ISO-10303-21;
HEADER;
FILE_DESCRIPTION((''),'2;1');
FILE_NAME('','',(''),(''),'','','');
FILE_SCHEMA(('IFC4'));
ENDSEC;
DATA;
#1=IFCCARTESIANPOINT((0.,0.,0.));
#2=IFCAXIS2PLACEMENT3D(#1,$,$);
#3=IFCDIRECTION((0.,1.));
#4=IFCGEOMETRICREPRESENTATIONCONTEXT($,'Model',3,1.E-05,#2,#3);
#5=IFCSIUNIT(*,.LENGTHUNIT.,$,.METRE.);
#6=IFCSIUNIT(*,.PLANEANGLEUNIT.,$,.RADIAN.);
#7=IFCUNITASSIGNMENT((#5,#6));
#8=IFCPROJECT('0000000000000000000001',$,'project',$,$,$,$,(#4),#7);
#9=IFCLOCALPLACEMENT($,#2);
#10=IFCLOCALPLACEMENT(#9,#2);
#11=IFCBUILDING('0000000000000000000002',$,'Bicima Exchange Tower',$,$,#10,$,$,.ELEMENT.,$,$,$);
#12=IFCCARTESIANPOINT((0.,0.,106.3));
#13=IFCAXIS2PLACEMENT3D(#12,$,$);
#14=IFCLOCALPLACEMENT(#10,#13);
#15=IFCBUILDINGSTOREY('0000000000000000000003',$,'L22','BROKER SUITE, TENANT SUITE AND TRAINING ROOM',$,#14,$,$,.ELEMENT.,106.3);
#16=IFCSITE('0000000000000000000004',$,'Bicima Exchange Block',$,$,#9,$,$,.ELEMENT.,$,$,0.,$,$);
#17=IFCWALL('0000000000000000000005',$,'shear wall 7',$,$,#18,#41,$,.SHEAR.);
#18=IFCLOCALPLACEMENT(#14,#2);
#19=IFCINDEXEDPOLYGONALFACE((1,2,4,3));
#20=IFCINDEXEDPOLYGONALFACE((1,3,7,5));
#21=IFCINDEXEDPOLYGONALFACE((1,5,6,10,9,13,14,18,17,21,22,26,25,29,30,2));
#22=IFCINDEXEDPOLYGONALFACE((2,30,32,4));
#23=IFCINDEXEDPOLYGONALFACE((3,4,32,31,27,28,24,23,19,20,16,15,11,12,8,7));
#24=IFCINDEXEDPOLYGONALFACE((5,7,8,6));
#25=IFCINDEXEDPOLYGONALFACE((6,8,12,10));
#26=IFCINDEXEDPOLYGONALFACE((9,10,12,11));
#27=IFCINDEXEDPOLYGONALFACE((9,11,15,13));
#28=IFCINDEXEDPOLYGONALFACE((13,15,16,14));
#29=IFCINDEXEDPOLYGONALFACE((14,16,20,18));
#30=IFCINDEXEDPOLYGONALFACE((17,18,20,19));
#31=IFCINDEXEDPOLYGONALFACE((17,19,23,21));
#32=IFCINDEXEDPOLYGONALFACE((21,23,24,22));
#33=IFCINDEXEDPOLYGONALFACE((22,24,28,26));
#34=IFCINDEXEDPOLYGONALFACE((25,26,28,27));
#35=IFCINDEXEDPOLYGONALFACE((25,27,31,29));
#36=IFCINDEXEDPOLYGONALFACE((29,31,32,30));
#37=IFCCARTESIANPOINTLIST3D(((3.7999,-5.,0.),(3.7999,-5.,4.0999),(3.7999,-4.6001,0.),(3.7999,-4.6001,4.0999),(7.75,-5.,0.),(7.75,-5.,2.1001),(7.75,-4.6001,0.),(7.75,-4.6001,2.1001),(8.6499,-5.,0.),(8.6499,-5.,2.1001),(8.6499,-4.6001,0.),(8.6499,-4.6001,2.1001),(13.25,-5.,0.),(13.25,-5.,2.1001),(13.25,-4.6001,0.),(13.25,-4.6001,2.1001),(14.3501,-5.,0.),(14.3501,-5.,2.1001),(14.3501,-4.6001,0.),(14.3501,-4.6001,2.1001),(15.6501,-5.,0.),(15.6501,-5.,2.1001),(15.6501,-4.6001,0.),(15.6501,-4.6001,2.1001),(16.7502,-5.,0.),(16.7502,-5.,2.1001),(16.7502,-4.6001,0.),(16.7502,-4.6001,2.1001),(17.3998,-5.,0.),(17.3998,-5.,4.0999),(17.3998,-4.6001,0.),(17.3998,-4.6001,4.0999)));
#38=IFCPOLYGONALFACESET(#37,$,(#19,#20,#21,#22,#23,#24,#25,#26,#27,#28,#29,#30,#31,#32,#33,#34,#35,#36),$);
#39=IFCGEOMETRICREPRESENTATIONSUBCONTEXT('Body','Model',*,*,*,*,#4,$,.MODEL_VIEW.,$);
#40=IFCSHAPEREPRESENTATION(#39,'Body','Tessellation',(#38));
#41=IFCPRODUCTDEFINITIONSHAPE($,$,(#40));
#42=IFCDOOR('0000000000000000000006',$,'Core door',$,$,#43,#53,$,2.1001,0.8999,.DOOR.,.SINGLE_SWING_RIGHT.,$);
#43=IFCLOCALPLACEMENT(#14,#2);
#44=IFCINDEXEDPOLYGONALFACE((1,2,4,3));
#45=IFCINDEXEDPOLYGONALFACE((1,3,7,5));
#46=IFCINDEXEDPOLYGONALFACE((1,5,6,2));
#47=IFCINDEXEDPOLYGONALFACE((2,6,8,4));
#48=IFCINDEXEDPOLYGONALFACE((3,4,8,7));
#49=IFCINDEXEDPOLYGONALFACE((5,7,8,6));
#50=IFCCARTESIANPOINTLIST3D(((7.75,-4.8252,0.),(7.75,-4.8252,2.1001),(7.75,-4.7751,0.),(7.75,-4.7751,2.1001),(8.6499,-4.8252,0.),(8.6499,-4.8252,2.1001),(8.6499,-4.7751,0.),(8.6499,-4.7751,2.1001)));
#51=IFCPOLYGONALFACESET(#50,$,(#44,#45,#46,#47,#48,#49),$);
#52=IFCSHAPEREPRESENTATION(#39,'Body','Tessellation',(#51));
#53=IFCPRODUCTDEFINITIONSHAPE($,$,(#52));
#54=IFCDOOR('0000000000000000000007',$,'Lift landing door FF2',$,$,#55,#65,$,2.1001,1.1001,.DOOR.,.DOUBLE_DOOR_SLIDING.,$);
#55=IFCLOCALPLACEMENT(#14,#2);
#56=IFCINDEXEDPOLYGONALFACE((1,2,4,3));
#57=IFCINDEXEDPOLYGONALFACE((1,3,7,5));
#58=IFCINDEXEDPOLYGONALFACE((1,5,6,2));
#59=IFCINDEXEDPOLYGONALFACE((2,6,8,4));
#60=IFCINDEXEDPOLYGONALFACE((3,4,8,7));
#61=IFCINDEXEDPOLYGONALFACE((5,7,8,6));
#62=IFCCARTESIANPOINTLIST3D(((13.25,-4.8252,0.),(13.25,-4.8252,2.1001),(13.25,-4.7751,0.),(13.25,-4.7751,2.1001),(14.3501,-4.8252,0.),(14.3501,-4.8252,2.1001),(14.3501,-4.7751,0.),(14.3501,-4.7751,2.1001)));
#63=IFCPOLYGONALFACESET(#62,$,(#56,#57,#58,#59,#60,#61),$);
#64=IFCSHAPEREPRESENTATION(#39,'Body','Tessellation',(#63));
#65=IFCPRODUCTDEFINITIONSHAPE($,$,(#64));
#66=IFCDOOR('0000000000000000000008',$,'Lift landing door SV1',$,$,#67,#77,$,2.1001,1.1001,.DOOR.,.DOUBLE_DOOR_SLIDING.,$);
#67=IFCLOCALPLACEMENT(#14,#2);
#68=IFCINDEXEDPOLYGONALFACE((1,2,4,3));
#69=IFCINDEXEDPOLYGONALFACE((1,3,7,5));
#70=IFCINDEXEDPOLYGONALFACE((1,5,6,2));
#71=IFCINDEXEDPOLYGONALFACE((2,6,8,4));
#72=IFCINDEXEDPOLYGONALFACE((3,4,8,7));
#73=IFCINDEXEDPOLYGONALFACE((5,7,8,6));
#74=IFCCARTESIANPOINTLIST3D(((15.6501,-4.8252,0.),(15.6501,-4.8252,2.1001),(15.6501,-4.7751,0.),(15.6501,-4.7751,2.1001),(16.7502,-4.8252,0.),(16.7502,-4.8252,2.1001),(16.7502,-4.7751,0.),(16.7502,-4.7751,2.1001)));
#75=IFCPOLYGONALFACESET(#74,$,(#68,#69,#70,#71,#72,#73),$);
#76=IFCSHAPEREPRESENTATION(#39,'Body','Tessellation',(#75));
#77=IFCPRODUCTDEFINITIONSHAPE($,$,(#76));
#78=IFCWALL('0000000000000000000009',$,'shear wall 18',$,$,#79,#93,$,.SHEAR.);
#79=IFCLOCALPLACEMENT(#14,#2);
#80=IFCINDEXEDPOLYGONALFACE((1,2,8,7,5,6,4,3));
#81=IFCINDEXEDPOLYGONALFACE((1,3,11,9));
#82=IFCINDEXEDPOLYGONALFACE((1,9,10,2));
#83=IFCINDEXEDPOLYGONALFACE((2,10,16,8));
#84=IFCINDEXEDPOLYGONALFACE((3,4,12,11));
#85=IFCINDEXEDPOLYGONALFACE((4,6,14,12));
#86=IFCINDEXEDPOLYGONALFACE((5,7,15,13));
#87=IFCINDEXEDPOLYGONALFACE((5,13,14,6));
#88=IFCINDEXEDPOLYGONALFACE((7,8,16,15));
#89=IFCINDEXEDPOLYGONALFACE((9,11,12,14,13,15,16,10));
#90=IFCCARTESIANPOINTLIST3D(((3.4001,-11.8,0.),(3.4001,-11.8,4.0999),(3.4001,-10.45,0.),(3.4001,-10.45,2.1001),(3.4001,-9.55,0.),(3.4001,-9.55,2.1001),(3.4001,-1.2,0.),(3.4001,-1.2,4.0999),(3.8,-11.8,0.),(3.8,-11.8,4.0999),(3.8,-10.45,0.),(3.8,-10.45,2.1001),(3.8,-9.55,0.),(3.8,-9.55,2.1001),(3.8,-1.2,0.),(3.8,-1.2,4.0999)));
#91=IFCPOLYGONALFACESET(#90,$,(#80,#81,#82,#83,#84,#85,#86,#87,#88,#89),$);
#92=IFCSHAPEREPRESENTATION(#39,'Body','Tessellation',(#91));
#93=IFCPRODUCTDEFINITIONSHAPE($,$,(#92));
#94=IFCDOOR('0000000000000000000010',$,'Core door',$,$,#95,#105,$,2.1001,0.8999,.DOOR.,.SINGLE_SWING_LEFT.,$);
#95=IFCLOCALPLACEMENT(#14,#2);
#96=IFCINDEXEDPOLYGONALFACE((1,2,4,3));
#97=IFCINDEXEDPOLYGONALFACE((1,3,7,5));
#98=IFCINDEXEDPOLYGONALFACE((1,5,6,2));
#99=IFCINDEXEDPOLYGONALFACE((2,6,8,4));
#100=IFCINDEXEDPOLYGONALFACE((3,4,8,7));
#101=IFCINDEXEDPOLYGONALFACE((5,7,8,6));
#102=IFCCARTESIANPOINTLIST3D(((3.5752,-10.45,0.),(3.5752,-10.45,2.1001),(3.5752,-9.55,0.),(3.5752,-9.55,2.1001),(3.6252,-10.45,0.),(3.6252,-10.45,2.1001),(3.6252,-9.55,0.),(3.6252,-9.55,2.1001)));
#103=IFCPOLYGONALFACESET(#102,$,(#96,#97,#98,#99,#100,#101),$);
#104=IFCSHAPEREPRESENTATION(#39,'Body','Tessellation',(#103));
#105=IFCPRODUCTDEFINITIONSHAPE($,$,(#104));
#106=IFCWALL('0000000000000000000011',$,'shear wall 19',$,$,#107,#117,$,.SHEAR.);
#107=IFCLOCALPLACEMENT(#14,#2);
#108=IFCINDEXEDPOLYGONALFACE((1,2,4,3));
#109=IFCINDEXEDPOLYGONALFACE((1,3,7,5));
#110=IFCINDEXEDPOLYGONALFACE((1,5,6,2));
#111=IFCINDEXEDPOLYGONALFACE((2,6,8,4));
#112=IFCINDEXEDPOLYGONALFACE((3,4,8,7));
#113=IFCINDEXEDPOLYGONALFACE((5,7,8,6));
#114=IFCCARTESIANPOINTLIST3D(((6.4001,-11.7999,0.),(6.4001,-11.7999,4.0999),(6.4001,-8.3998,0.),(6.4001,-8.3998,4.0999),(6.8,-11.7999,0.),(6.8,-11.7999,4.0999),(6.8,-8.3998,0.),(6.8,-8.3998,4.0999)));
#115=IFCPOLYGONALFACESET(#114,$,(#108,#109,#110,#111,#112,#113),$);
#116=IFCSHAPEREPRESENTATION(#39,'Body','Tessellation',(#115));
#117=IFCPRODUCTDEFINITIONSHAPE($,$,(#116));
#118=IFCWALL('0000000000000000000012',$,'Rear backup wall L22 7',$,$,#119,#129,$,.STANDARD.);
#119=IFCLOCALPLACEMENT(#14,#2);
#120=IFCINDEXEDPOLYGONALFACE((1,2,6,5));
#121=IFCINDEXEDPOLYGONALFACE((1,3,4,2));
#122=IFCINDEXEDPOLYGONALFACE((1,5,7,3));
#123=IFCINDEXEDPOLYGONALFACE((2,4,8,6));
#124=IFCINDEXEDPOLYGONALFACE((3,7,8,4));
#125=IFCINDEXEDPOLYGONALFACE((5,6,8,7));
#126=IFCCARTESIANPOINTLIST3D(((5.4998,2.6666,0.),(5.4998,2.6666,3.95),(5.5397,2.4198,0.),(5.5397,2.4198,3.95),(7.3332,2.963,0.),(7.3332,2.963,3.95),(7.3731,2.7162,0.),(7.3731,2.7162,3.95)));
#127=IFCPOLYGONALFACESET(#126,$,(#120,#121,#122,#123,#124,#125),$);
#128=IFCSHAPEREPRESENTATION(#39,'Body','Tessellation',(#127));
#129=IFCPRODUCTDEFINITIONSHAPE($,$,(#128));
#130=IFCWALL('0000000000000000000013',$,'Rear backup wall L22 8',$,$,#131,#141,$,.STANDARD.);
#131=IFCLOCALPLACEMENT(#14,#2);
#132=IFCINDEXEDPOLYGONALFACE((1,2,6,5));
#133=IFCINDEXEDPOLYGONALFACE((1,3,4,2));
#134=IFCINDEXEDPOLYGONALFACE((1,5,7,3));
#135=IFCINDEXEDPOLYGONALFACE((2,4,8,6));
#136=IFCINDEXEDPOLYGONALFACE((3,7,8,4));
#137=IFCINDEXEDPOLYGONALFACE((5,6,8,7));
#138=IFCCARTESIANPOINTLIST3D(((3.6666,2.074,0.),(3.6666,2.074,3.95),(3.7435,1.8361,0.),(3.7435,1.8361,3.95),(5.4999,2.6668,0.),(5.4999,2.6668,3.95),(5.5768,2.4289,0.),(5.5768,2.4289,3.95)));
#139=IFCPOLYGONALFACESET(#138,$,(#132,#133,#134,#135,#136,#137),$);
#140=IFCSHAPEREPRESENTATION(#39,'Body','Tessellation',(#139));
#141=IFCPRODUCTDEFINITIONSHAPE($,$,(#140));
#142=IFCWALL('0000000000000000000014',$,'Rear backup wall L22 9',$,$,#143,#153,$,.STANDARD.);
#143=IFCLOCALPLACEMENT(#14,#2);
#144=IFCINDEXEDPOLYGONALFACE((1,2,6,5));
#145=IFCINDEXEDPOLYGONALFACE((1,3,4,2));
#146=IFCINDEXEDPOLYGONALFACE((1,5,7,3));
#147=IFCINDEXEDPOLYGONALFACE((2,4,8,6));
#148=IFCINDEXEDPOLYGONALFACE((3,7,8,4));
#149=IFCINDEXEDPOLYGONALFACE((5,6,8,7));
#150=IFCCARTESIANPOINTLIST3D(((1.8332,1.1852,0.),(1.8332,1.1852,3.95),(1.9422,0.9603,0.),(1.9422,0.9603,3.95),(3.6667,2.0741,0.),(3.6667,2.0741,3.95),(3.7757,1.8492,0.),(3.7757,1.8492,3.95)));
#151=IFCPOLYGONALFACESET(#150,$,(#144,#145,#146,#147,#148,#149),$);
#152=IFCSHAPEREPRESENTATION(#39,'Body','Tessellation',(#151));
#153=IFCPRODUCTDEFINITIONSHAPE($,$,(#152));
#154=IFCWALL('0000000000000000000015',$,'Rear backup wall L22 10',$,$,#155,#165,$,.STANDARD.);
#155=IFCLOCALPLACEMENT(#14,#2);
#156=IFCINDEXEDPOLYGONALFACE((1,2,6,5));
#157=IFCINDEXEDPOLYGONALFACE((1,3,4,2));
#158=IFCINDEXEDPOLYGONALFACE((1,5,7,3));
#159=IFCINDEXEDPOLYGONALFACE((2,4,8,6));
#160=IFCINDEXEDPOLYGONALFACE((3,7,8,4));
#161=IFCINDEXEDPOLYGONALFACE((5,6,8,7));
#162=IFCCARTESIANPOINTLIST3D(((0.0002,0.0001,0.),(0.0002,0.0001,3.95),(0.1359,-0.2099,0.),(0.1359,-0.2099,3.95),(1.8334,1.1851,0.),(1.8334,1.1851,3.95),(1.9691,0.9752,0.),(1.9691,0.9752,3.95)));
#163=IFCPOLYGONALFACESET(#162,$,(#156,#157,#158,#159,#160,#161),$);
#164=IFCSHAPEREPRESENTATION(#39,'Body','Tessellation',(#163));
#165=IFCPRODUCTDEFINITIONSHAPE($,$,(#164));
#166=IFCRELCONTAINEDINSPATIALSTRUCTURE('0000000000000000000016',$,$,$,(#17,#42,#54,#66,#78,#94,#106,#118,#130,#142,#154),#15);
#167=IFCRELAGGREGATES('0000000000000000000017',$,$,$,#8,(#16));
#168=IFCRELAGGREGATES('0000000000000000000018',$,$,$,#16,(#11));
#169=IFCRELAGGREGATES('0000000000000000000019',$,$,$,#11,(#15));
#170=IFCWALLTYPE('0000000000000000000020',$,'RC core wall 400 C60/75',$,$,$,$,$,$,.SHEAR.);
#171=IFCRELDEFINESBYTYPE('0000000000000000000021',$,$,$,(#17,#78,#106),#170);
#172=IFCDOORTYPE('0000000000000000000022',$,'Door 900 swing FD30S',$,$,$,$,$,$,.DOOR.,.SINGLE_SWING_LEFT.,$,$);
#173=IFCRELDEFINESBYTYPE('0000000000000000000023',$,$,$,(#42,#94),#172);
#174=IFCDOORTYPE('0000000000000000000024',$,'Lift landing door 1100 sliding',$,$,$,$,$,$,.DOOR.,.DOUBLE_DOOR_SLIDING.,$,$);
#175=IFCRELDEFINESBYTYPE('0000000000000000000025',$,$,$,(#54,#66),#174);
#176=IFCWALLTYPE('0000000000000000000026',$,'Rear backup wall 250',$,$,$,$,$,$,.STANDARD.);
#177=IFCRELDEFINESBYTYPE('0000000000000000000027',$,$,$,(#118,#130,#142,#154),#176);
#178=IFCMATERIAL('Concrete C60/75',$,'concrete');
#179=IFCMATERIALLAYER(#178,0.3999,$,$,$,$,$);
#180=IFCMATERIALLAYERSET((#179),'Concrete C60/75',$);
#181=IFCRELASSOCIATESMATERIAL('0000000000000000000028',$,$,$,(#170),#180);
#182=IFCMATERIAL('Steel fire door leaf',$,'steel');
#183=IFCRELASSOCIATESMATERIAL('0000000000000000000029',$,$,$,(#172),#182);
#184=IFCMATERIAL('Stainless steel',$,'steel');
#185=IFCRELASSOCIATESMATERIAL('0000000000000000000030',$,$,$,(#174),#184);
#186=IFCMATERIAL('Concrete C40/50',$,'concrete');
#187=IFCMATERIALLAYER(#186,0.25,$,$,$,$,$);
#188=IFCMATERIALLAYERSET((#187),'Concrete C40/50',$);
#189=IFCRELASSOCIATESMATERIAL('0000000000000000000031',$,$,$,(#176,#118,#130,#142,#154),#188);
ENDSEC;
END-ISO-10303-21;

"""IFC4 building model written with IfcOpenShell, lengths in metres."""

from ifc_helpers import new_model, si_unit, direction, frame, frame_2d, origin, place, context, subcontext, project, spatial, rectangle, extrude, material, layer, layer_set, layer_usage, type_object, element, fill, save


model = new_model("IFC4")

# Units and contexts
model_context = context("Model", 3, precision=1e-05, world=origin(), true_north=direction((0.0, 1.0)))
body_context = subcontext(model_context, "Body", "Model", "MODEL_VIEW")
ifc_project = project(units=[si_unit("LENGTHUNIT", "METRE"), si_unit("PLANEANGLEUNIT", "RADIAN")], contexts=[model_context])

# Site, building, storey
site_placement = place(None, origin())
site = spatial("IfcSite", under=ifc_project, at=site_placement, Name="Bicima Exchange Block", CompositionType="ELEMENT", RefElevation=0.0)
building_placement = place(site_placement, origin())
building = spatial("IfcBuilding", under=site, at=building_placement, Name="Bicima Exchange Tower", CompositionType="ELEMENT")
storey_placement = place(building_placement, frame((0.0, 0.0, 106.3)))
storey = spatial("IfcBuildingStorey", under=building, at=storey_placement, Name="L22", Description="BROKER SUITE, TENANT SUITE AND TRAINING ROOM", CompositionType="ELEMENT", Elevation=106.3)

# Shared definitions
ifc_material_1 = material(Name="Concrete C60/75", Category="concrete")
ifc_layer_1 = layer(ifc_material_1, 0.3999)
ifc_layer_set_1 = layer_set([ifc_layer_1], Name="Concrete C60/75")
wall_type_1 = type_object("IfcWallType", Name="RC core wall 400 C60/75", PredefinedType="SHEAR", material=ifc_layer_set_1)
ifc_material_2 = material(Name="Steel fire door leaf", Category="steel")
door_type_1 = type_object("IfcDoorType", Name="Door 900 swing FD30S", OperationType="SINGLE_SWING_LEFT", PredefinedType="DOOR", material=ifc_material_2)

# Wall, openings, doors
wall_1_placement = place(storey_placement, frame((3.8, -4.8, 0.0), z_axis=(0.0, 0.0, 1.0), x_axis=(1.0, 0.0, 0.0)))
wall_1 = element("IfcWall", 1, at=wall_1_placement, inside=storey, type_object=wall_type_1, Name="shear wall 7", PredefinedType="SHEAR", context=body_context, shape_type="SweptSolid", body=[
    extrude(rectangle(XDim=13.5999, YDim=0.3999, at=frame_2d((6.7998, 0.0))), origin(), (0.0, 0.0, 1.0), 4.0999),
])
opening_1_placement = place(wall_1_placement, frame((9.45, 0.0, 0.0)))
opening_1 = element("IfcOpeningElement", 2, at=opening_1_placement, cuts=wall_1, PredefinedType="OPENING", context=body_context, shape_type="SweptSolid", body=[
    extrude(rectangle(XDim=1.1001, YDim=2.1001, at=frame_2d((0.55, 1.05))), frame((0.0, 0.2119, 0.0), z_axis=(0.0, -1.0, 0.0), x_axis=(1.0, 0.0, 0.0)), (0.0, 0.0, 1.0), 0.4238),
])
opening_2_placement = place(wall_1_placement, frame((11.8501, 0.0, 0.0)))
opening_2 = element("IfcOpeningElement", 3, at=opening_2_placement, cuts=wall_1, PredefinedType="OPENING", context=body_context, shape_type="SweptSolid", body=[
    extrude(rectangle(XDim=1.1001, YDim=2.1001, at=frame_2d((0.55, 1.05))), frame((0.0, 0.2119, 0.0), z_axis=(0.0, -1.0, 0.0), x_axis=(1.0, 0.0, 0.0)), (0.0, 0.0, 1.0), 0.4238),
])
opening_3_placement = place(wall_1_placement, frame((3.95, 0.0, 0.0)))
opening_3 = element("IfcOpeningElement", 4, at=opening_3_placement, cuts=wall_1, PredefinedType="OPENING", context=body_context, shape_type="SweptSolid", body=[
    extrude(rectangle(XDim=0.8999, YDim=2.1001, at=frame_2d((0.45, 1.05))), frame((0.0, 0.2119, 0.0), z_axis=(0.0, -1.0, 0.0), x_axis=(1.0, 0.0, 0.0)), (0.0, 0.0, 1.0), 0.4238),
])
door_1_placement = place(opening_3_placement, origin())
door_1 = element("IfcDoor", 5, at=door_1_placement, inside=storey, type_object=door_type_1, Name="Core door", OperationType="SINGLE_SWING_RIGHT", OverallHeight=2.1001, OverallWidth=0.8999, PredefinedType="DOOR", context=body_context, shape_type="SweptSolid", body=[
    extrude(rectangle(XDim=0.8999, YDim=2.1001, at=frame_2d((0.45, 1.05))), frame((0.0, 0.0249, 0.0), z_axis=(0.0, -1.0, 0.0), x_axis=(1.0, 0.0, 0.0)), (0.0, 0.0, 1.0), 0.05),
])
fill(opening_3, door_1)
ifc_material_3 = material(Name="Stainless steel", Category="steel")
door_type_2 = type_object("IfcDoorType", Name="Lift landing door 1100 sliding", OperationType="DOUBLE_DOOR_SLIDING", PredefinedType="DOOR", material=ifc_material_3)
door_2_placement = place(opening_1_placement, origin())
door_2 = element("IfcDoor", 6, at=door_2_placement, inside=storey, type_object=door_type_2, Name="Lift landing door FF2", OperationType="DOUBLE_DOOR_SLIDING", OverallHeight=2.1001, OverallWidth=1.1001, PredefinedType="DOOR", context=body_context, shape_type="SweptSolid", body=[
    extrude(rectangle(XDim=1.1001, YDim=2.1001, at=frame_2d((0.55, 1.05))), frame((0.0, 0.0249, 0.0), z_axis=(0.0, -1.0, 0.0), x_axis=(1.0, 0.0, 0.0)), (0.0, 0.0, 1.0), 0.05),
])
fill(opening_1, door_2)
door_3_placement = place(opening_2_placement, origin())
door_3 = element("IfcDoor", 7, at=door_3_placement, inside=storey, type_object=door_type_2, Name="Lift landing door SV1", OperationType="DOUBLE_DOOR_SLIDING", OverallHeight=2.1001, OverallWidth=1.1001, PredefinedType="DOOR", context=body_context, shape_type="SweptSolid", body=[
    extrude(rectangle(XDim=1.1001, YDim=2.1001, at=frame_2d((0.55, 1.05))), frame((0.0, 0.0249, 0.0), z_axis=(0.0, -1.0, 0.0), x_axis=(1.0, 0.0, 0.0)), (0.0, 0.0, 1.0), 0.05),
])
fill(opening_2, door_3)

# Wall, opening, door
wall_2_placement = place(storey_placement, frame((3.6001, -11.8, 0.0), z_axis=(0.0, 0.0, 1.0), x_axis=(0.0, 1.0, 0.0)))
wall_2 = element("IfcWall", 8, at=wall_2_placement, inside=storey, type_object=wall_type_1, Name="shear wall 18", PredefinedType="SHEAR", context=body_context, shape_type="SweptSolid", body=[
    extrude(rectangle(XDim=10.6001, YDim=0.3999, at=frame_2d((5.3, 0.0))), origin(), (0.0, 0.0, 1.0), 4.0999),
])
opening_4_placement = place(wall_2_placement, frame((1.3501, 0.0, 0.0)))
opening_4 = element("IfcOpeningElement", 9, at=opening_4_placement, cuts=wall_2, PredefinedType="OPENING", context=body_context, shape_type="SweptSolid", body=[
    extrude(rectangle(XDim=0.8999, YDim=2.1001, at=frame_2d((0.45, 1.05))), frame((0.0, 0.2119, 0.0), z_axis=(0.0, -1.0, 0.0), x_axis=(1.0, 0.0, 0.0)), (0.0, 0.0, 1.0), 0.4238),
])
door_4_placement = place(opening_4_placement, origin())
door_4 = element("IfcDoor", 10, at=door_4_placement, inside=storey, type_object=door_type_1, Name="Core door", OperationType="SINGLE_SWING_LEFT", OverallHeight=2.1001, OverallWidth=0.8999, PredefinedType="DOOR", context=body_context, shape_type="SweptSolid", body=[
    extrude(rectangle(XDim=0.8999, YDim=2.1001, at=frame_2d((0.45, 1.05))), frame((0.0, 0.0249, 0.0), z_axis=(0.0, -1.0, 0.0), x_axis=(1.0, 0.0, 0.0)), (0.0, 0.0, 1.0), 0.05),
])
fill(opening_4, door_4)

# Walls
wall_3_placement = place(storey_placement, frame((6.6001, -11.8, 0.0), z_axis=(0.0, 0.0, 1.0), x_axis=(0.0, 1.0, 0.0)))
element("IfcWall", 11, at=wall_3_placement, inside=storey, type_object=wall_type_1, Name="shear wall 19", PredefinedType="SHEAR", context=body_context, shape_type="SweptSolid", body=[
    extrude(rectangle(XDim=3.4001, YDim=0.3999, at=frame_2d((1.7002, 0.0))), origin(), (0.0, 0.0, 1.0), 4.0999),
])
ifc_material_4 = material(Name="Concrete C40/50", Category="concrete")
ifc_layer_2 = layer(ifc_material_4, 0.25)
ifc_layer_set_2 = layer_set([ifc_layer_2], Name="Concrete C40/50")
ifc_layer_usage = layer_usage(ifc_layer_set_2, "AXIS2", "POSITIVE", -0.125)
wall_type_2 = type_object("IfcWallType", Name="Rear backup wall 250", PredefinedType="STANDARD", material=ifc_layer_set_2)
wall_4_placement = place(storey_placement, frame((7.3533, 2.8396, 0.0), z_axis=(0.0, 0.0, 1.0), x_axis=(-0.987182, -0.1596, 0.0)))
element("IfcWall", 12, at=wall_4_placement, inside=storey, type_object=wall_type_2, material=ifc_layer_usage, Name="Rear backup wall L22 7", PredefinedType="STANDARD", context=body_context, shape_type="SweptSolid", body=[
    extrude(rectangle(XDim=1.8572, YDim=0.25, at=frame_2d((0.9287, 0.0))), origin(), (0.0, 0.0, 1.0), 3.95),
])
wall_5_placement = place(storey_placement, frame((5.5383, 2.5479, 0.0), z_axis=(0.0, 0.0, 1.0), x_axis=(-0.951496, -0.307662, 0.0)))
element("IfcWall", 13, at=wall_5_placement, inside=storey, type_object=wall_type_2, material=ifc_layer_usage, Name="Rear backup wall L22 8", PredefinedType="STANDARD", context=body_context, shape_type="SweptSolid", body=[
    extrude(rectangle(XDim=1.9268, YDim=0.25, at=frame_2d((0.9634, 0.0))), origin(), (0.0, 0.0, 1.0), 3.95),
])
wall_6_placement = place(storey_placement, frame((3.7212, 1.9617, 0.0), z_axis=(0.0, 0.0, 1.0), x_axis=(-0.899824, -0.436253, 0.0)))
element("IfcWall", 14, at=wall_6_placement, inside=storey, type_object=wall_type_2, material=ifc_layer_usage, Name="Rear backup wall L22 9", PredefinedType="STANDARD", context=body_context, shape_type="SweptSolid", body=[
    extrude(rectangle(XDim=2.0376, YDim=0.25, at=frame_2d((1.0188, 0.0))), origin(), (0.0, 0.0, 1.0), 3.95),
])
wall_7_placement = place(storey_placement, frame((1.9011, 1.0801, 0.0), z_axis=(0.0, 0.0, 1.0), x_axis=(-0.839813, -0.542876, 0.0)))
element("IfcWall", 15, at=wall_7_placement, inside=storey, type_object=wall_type_2, material=ifc_layer_usage, Name="Rear backup wall L22 10", PredefinedType="STANDARD", context=body_context, shape_type="SweptSolid", body=[
    extrude(rectangle(XDim=2.1829, YDim=0.25, at=frame_2d((1.0913, 0.0))), origin(), (0.0, 0.0, 1.0), 3.95),
])

save(model, "model.ifc")
